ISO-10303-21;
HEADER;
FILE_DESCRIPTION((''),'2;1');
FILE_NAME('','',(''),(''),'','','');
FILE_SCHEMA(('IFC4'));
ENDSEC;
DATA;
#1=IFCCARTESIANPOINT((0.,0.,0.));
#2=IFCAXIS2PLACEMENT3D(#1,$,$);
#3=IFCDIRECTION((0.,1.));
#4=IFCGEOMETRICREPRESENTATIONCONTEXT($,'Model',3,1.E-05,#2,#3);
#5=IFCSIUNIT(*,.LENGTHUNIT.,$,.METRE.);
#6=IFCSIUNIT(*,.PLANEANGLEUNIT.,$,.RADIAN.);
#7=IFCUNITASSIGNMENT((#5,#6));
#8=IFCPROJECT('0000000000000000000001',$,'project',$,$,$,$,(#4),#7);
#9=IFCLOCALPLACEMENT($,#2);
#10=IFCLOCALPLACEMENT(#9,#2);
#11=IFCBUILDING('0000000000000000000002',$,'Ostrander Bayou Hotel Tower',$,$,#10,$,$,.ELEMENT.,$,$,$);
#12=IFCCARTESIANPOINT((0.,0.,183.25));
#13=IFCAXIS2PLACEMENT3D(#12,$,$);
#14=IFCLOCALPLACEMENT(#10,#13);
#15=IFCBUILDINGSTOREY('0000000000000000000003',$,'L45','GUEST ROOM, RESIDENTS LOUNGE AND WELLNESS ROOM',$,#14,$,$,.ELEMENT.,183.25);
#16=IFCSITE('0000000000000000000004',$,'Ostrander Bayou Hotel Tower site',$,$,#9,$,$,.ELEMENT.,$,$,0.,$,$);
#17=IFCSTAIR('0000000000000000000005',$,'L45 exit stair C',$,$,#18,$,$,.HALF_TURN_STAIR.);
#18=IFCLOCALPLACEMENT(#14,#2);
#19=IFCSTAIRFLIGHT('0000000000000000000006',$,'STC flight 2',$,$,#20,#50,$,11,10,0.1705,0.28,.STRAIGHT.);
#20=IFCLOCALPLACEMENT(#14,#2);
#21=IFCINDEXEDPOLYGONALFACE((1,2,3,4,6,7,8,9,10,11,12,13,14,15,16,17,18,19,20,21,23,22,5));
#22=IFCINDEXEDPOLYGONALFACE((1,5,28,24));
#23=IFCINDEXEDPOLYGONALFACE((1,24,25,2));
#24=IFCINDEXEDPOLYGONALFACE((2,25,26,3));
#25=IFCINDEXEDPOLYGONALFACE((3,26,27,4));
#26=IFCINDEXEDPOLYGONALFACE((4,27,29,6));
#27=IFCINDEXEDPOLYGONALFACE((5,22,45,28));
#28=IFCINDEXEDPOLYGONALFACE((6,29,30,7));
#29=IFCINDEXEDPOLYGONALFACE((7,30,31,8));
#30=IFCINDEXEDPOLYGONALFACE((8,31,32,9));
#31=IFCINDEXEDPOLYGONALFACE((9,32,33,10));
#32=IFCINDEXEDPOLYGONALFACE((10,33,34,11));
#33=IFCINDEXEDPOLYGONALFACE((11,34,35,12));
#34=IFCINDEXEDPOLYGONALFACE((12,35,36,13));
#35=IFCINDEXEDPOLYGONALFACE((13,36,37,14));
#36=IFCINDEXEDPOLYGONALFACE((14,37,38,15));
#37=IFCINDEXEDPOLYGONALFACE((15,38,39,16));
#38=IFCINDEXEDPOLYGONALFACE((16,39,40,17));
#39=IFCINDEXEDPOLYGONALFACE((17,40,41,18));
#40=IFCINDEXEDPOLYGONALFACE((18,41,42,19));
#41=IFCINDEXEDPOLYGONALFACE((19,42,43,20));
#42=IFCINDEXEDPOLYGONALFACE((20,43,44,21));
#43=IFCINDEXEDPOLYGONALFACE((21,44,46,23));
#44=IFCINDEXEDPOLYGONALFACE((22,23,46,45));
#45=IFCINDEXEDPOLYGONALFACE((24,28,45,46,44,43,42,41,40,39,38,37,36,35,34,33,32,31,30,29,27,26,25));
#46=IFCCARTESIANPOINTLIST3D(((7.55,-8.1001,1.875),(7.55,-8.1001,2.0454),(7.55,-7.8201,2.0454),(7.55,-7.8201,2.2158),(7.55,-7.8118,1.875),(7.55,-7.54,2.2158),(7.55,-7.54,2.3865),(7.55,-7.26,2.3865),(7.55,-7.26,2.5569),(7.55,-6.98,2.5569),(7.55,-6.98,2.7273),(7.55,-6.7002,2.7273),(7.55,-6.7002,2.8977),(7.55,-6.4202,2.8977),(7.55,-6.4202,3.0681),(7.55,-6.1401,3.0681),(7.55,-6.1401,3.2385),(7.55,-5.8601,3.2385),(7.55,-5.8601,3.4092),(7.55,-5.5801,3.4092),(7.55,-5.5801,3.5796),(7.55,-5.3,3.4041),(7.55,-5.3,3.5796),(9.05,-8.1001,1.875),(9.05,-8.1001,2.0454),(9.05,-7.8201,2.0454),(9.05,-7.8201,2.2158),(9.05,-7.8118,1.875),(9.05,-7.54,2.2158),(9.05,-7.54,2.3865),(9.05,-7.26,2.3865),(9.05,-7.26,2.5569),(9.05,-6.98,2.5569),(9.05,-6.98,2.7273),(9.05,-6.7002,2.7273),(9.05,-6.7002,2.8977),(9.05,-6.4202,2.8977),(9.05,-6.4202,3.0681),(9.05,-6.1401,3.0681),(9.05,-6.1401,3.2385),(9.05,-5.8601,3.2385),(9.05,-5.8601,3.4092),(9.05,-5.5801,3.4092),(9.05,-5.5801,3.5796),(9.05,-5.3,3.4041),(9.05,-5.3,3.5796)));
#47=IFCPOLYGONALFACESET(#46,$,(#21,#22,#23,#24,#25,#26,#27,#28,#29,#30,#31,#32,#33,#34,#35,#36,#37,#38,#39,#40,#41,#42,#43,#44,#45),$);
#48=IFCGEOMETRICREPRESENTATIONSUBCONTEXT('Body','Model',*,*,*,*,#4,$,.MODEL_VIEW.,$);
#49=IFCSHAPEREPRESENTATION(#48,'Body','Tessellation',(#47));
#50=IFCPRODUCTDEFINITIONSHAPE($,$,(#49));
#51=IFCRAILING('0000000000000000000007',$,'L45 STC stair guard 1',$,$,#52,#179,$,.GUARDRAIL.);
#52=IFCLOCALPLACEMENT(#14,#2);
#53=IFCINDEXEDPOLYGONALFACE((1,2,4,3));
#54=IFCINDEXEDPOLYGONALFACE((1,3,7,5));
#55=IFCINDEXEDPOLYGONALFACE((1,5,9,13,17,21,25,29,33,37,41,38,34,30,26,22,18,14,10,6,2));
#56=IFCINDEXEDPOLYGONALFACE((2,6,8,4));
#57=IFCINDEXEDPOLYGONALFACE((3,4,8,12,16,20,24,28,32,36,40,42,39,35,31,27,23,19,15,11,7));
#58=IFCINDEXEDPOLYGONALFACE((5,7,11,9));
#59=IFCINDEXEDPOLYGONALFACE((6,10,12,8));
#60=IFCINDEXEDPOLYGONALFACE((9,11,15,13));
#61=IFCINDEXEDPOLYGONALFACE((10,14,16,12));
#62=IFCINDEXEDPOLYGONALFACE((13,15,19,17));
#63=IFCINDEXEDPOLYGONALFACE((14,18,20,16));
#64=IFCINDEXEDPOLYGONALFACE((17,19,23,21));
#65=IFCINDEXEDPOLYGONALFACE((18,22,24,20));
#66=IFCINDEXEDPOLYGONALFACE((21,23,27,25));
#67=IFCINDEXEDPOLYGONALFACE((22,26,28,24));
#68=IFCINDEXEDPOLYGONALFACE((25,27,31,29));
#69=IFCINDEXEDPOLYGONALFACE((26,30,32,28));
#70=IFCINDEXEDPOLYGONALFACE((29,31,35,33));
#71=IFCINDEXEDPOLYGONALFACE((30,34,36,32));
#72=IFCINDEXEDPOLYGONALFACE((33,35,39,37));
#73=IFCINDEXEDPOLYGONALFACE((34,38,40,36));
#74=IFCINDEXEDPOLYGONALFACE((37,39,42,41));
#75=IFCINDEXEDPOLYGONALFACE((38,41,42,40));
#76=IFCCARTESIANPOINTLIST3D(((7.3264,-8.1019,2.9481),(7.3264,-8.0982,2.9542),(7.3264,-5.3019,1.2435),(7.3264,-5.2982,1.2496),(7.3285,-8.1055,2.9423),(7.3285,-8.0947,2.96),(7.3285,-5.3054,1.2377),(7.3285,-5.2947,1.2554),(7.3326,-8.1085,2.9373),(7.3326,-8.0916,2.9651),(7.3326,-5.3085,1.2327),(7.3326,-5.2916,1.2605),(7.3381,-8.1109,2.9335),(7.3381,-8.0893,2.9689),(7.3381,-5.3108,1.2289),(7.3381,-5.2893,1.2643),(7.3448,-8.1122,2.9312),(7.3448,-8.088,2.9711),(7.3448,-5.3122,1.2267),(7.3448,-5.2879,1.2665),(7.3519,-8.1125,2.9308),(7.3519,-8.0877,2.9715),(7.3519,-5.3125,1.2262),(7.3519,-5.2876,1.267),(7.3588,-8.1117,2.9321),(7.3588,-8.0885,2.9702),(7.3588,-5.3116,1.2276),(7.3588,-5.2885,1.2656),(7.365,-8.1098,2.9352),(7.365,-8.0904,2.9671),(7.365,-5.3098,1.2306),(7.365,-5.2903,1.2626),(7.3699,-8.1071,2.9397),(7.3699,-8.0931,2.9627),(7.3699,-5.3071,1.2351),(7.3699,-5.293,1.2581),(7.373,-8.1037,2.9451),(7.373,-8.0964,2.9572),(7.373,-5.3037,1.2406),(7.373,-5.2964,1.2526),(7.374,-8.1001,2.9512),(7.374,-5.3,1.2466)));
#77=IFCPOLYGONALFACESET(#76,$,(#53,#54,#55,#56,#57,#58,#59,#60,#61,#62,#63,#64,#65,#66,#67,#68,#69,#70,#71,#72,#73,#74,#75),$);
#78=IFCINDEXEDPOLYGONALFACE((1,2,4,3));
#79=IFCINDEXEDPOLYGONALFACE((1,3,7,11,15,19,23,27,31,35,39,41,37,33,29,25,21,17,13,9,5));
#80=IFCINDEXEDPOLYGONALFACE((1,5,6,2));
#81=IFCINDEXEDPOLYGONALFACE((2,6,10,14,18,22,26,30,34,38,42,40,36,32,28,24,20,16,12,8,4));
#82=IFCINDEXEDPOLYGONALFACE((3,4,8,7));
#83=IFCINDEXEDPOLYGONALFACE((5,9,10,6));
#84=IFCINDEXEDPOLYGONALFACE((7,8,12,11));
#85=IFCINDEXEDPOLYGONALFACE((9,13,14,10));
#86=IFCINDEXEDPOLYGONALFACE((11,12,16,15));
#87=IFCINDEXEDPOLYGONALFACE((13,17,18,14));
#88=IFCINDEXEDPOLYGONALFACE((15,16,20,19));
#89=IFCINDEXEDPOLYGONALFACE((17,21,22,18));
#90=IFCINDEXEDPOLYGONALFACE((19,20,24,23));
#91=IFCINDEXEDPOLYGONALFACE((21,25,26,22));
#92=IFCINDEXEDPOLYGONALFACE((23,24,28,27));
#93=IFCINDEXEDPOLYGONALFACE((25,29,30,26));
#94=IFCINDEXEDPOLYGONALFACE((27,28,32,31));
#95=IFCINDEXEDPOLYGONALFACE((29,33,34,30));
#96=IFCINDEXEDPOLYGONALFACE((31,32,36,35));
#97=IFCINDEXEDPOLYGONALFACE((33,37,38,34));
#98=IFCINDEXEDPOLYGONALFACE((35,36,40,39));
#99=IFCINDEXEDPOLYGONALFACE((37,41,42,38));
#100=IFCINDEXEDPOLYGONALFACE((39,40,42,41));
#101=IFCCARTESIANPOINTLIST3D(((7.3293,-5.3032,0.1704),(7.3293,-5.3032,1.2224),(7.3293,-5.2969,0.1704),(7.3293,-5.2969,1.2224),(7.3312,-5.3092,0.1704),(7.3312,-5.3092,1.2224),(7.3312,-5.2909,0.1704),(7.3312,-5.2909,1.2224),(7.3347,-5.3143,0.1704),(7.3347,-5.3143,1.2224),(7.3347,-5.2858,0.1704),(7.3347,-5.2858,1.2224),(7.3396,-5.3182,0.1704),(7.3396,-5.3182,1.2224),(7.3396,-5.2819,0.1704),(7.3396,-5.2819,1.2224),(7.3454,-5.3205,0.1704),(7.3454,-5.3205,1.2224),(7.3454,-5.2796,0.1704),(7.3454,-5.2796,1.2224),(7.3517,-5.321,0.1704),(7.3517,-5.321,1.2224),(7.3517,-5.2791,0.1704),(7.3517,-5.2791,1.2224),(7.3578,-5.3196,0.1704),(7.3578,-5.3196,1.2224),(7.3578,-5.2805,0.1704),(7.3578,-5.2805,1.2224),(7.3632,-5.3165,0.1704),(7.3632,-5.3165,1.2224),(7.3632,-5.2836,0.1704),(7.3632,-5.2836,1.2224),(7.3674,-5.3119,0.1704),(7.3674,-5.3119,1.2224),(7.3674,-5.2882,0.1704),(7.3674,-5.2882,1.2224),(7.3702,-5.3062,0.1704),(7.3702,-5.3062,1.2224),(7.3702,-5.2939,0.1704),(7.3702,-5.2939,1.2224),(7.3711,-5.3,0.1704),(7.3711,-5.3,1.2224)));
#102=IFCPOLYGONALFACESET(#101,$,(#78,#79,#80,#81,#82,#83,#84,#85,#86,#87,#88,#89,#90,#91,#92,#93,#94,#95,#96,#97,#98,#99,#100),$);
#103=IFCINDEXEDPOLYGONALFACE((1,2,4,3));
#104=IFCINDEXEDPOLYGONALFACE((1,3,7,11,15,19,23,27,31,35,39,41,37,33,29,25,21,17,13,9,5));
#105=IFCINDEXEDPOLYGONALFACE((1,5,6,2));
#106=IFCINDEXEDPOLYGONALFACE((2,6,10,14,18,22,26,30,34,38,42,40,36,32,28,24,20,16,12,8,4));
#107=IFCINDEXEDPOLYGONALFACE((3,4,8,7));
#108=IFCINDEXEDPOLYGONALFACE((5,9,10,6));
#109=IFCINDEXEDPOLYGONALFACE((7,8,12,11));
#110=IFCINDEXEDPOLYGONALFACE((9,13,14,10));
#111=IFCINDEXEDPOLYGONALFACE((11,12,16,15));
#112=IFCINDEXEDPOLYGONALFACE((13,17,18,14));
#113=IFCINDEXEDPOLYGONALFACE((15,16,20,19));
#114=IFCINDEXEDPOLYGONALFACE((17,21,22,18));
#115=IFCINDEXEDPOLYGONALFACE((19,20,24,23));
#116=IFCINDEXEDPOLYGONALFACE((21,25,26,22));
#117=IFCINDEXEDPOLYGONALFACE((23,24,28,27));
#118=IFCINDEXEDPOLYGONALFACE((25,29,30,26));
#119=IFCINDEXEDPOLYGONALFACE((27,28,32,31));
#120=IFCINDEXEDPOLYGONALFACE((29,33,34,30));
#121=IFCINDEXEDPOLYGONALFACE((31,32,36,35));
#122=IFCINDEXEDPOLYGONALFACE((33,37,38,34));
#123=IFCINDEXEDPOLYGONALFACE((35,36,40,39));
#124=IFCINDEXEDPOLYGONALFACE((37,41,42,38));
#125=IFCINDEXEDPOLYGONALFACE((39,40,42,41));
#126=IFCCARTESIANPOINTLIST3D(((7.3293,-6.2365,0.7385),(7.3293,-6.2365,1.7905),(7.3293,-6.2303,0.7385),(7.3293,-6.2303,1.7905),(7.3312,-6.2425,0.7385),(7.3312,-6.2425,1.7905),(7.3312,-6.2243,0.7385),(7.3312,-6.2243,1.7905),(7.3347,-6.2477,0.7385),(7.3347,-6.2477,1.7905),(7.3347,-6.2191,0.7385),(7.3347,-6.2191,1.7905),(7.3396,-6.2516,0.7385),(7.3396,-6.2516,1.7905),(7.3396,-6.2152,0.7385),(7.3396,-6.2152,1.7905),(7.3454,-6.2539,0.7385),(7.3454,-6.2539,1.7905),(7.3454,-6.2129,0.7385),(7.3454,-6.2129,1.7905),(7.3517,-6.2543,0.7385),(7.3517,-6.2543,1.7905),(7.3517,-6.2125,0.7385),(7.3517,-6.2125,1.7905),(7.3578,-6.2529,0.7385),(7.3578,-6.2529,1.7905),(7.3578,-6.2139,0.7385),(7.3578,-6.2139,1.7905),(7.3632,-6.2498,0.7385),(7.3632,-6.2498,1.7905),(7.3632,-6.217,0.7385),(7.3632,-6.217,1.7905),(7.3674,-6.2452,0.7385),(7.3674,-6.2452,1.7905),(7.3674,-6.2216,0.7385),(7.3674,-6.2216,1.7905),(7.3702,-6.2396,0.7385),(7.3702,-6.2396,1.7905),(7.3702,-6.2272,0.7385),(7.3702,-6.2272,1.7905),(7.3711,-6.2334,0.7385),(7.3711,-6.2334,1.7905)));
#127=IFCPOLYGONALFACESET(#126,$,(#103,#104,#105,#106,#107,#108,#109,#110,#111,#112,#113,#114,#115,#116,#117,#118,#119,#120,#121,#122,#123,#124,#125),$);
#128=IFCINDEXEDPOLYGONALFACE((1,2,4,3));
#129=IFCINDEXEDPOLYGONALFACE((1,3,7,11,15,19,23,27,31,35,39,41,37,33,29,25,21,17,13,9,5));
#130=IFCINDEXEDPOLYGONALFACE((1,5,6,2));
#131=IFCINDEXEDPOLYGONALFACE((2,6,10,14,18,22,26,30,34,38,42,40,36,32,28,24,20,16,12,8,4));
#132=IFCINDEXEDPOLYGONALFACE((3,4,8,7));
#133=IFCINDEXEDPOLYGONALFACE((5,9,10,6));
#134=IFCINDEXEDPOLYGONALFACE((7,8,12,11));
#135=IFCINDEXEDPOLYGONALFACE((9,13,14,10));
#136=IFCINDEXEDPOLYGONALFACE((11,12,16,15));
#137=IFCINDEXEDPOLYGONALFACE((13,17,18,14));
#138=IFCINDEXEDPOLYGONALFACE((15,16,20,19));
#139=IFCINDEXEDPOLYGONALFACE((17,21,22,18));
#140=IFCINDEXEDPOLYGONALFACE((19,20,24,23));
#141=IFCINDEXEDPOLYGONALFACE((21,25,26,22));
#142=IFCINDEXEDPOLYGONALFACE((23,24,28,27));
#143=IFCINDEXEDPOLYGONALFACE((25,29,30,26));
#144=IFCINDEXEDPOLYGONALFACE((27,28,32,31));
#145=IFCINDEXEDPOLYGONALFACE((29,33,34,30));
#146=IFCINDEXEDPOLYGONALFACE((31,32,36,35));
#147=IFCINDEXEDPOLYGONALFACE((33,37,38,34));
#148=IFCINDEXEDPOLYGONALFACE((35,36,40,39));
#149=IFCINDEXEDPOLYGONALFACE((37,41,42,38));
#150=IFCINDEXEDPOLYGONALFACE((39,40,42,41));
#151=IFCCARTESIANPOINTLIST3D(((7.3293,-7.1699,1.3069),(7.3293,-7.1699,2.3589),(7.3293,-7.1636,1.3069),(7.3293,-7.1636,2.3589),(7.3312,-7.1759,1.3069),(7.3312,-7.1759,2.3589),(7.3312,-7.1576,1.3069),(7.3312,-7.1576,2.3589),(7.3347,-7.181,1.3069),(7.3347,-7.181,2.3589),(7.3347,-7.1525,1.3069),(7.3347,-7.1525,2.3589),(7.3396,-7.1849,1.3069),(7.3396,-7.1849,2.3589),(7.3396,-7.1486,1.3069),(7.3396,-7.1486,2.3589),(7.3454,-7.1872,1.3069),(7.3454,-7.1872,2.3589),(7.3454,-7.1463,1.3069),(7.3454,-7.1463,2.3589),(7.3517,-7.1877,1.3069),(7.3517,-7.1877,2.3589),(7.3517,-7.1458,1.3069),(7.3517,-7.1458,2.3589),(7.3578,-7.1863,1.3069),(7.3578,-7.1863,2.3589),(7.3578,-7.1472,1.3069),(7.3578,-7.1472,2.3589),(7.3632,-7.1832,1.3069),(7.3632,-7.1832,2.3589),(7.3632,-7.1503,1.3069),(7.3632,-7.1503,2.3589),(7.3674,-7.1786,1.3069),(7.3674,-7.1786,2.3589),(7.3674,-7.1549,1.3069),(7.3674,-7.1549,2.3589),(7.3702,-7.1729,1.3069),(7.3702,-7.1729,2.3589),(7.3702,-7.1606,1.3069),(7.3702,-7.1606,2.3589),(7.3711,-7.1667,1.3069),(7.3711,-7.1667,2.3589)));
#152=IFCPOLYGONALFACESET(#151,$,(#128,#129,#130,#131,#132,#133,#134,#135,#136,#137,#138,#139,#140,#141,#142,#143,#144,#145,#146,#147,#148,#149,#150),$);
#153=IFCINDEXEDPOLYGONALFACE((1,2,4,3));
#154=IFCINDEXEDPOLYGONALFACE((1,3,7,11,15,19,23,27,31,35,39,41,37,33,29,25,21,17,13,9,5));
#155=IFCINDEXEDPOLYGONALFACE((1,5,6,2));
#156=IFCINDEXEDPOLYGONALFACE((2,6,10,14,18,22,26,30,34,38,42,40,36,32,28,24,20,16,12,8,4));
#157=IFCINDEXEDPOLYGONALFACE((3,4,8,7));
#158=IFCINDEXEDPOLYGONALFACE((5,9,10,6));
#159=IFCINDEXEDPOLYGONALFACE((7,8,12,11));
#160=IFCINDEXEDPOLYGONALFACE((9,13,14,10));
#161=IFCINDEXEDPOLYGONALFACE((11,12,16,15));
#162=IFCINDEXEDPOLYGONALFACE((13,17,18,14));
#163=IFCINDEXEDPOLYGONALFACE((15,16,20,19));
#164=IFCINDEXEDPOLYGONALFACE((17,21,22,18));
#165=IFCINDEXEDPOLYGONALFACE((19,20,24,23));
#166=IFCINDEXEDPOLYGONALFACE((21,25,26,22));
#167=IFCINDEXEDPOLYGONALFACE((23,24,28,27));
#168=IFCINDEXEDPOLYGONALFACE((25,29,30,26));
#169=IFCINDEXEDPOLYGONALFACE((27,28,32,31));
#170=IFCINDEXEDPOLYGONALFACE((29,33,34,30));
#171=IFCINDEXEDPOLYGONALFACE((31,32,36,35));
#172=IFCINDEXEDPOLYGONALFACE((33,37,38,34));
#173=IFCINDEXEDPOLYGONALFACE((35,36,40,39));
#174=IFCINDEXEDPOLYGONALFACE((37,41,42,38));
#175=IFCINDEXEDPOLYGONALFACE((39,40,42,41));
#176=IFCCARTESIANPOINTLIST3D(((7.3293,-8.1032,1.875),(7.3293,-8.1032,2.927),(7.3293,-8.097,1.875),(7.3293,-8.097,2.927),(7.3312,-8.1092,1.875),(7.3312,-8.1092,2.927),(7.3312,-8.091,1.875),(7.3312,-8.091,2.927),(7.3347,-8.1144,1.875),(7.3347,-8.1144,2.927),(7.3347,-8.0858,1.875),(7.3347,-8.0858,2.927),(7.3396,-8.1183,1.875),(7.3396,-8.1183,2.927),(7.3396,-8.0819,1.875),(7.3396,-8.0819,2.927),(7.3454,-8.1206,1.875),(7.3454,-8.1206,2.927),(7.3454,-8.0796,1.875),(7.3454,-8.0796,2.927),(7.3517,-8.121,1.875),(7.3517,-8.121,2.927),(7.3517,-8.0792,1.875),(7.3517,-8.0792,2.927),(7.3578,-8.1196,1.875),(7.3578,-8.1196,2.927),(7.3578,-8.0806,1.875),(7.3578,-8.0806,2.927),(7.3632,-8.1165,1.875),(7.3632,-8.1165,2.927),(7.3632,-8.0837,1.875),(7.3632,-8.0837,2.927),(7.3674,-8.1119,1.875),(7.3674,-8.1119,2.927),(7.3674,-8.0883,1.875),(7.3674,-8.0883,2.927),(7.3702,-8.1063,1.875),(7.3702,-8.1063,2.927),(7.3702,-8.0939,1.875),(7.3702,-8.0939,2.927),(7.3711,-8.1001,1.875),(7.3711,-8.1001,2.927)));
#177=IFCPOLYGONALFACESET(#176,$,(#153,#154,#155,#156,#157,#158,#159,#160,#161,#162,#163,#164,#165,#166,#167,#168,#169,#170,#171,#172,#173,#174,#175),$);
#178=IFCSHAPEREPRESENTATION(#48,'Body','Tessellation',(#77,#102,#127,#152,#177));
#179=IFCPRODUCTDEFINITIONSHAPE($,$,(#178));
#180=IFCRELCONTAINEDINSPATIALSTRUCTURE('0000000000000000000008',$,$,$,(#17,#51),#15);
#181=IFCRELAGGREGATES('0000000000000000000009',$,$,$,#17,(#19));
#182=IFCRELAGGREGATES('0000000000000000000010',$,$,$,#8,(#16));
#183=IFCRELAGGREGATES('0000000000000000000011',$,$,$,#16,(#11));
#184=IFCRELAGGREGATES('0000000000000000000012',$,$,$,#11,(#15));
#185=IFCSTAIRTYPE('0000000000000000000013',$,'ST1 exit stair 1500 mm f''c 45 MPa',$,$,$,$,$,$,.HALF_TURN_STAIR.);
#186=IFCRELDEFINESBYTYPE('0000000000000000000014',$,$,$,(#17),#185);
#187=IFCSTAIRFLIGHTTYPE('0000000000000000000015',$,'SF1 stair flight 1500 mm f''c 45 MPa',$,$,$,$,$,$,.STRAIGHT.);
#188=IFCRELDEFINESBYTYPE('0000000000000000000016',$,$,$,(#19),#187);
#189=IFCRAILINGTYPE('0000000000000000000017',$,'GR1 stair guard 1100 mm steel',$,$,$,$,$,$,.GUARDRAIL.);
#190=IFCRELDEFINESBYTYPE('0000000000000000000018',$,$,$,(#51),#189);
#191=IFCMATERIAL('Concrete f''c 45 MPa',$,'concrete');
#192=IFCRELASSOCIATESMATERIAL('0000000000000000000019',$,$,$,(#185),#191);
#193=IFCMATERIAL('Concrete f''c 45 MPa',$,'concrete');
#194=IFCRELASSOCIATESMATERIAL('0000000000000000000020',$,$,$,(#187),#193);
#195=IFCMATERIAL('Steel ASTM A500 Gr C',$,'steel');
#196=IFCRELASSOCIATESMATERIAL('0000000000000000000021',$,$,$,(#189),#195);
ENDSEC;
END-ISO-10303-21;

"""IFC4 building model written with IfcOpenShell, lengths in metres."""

from ifc_helpers import new_model, si_unit, direction, frame, origin, origin_2d, place, context, subcontext, project, spatial, polyline, circle, outline, extrude, material, type_object, element, aggregate, save


model = new_model("IFC4")

# Units and contexts
model_context = context("Model", 3, precision=1e-05, world=origin(), true_north=direction((0.0, 1.0)))
body_context = subcontext(model_context, "Body", "Model", "MODEL_VIEW")
ifc_project = project(units=[si_unit("LENGTHUNIT", "METRE"), si_unit("PLANEANGLEUNIT", "RADIAN")], contexts=[model_context])

# Site, building, storey
site_placement = place(None, origin())
site = spatial("IfcSite", under=ifc_project, at=site_placement, Name="Ostrander Bayou Hotel Tower site", CompositionType="ELEMENT", RefElevation=0.0)
building_placement = place(site_placement, origin())
building = spatial("IfcBuilding", under=site, at=building_placement, Name="Ostrander Bayou Hotel Tower", CompositionType="ELEMENT")
storey_placement = place(building_placement, frame((0.0, 0.0, 183.25)))
storey = spatial("IfcBuildingStorey", under=building, at=storey_placement, Name="L45", Description="GUEST ROOM, RESIDENTS LOUNGE AND WELLNESS ROOM", CompositionType="ELEMENT", Elevation=183.25)

# Stair, stair flight
ifc_material_1 = material(Name="Concrete f'c 45 MPa", Category="concrete")
stair_type = type_object("IfcStairType", Name="ST1 exit stair 1500 mm f'c 45 MPa", PredefinedType="HALF_TURN_STAIR", material=ifc_material_1)
stair_placement = place(storey_placement, origin())
stair = element("IfcStair", 1, at=stair_placement, inside=storey, type_object=stair_type, Name="L45 exit stair C", PredefinedType="HALF_TURN_STAIR")
ifc_material_2 = material(Name="Concrete f'c 45 MPa", Category="concrete")
stair_flight_type = type_object("IfcStairFlightType", Name="SF1 stair flight 1500 mm f'c 45 MPa", PredefinedType="STRAIGHT", material=ifc_material_2)
stair_flight_1_placement = place(storey_placement, frame((8.3, -8.1001, 1.875), z_axis=(0.0, 0.0, 1.0), x_axis=(0.0, 1.0, 0.0)))
stair_flight_1 = element("IfcStairFlight", 2, at=stair_flight_1_placement, type_object=stair_flight_type, Name="STC flight 2", NumberOfRisers=11, NumberOfTreads=10, PredefinedType="STRAIGHT", RiserHeight=0.1705, TreadLength=0.28, context=body_context, shape_type="SweptSolid", body=[
    extrude(outline(polyline([(0.0, 0.0), (0.0, 0.1704), (0.28, 0.1704), (0.28, 0.3408), (0.5601, 0.3408), (0.5601, 0.5115), (0.8401, 0.5115), (0.8401, 0.6819), (1.1201, 0.6819), (1.1201, 0.8523), (1.3999, 0.8523), (1.3999, 1.0227), (1.6799, 1.0227), (1.6799, 1.1931), (1.96, 1.1931), (1.96, 1.3635), (2.24, 1.3635), (2.24, 1.5342), (2.52, 1.5342), (2.52, 1.7046), (2.8, 1.7046), (2.8, 1.875), (2.8, 1.5291), (0.2883, 0.0), (0.0, 0.0)])), frame((0.0, 0.75, 0.0), z_axis=(0.0, -1.0, 0.0), x_axis=(1.0, 0.0, 0.0)), (0.0, 0.0, 1.0), 1.5),
])
aggregate(stair, [stair_flight_1])

# Railing
ifc_material_3 = material(Name="Steel ASTM A500 Gr C", Category="steel")
railing_type_1 = type_object("IfcRailingType", Name="GR1 stair guard 1100 mm steel", PredefinedType="GUARDRAIL", material=ifc_material_3)
railing_1_placement = place(storey_placement, frame((7.3501, -5.3, 0.1704)))
element("IfcRailing", 3, at=railing_1_placement, inside=storey, type_object=railing_type_1, Name="L45 STC stair guard 1", PredefinedType="GUARDRAIL", context=body_context, shape_type="SweptSolid", body=[
    extrude(circle(Radius=0.0239, at=origin_2d()), frame((0.0, 0.0, 1.0762), z_axis=(0.0, -0.85417, 0.519994), x_axis=(1.0, 0.0, 0.0)), (0.0, 0.0, 1.0), 3.2781),
    extrude(circle(Radius=0.021, at=origin_2d()), origin(), (0.0, 0.0, 1.0), 1.052),
    extrude(circle(Radius=0.021, at=origin_2d()), frame((0.0, -0.9333, 0.5681)), (0.0, 0.0, 1.0), 1.052),
    extrude(circle(Radius=0.021, at=origin_2d()), frame((0.0, -1.8667, 1.1365)), (0.0, 0.0, 1.0), 1.052),
    extrude(circle(Radius=0.021, at=origin_2d()), frame((0.0, -2.8, 1.7046)), (0.0, 0.0, 1.0), 1.052),
])

save(model, "model.ifc")
